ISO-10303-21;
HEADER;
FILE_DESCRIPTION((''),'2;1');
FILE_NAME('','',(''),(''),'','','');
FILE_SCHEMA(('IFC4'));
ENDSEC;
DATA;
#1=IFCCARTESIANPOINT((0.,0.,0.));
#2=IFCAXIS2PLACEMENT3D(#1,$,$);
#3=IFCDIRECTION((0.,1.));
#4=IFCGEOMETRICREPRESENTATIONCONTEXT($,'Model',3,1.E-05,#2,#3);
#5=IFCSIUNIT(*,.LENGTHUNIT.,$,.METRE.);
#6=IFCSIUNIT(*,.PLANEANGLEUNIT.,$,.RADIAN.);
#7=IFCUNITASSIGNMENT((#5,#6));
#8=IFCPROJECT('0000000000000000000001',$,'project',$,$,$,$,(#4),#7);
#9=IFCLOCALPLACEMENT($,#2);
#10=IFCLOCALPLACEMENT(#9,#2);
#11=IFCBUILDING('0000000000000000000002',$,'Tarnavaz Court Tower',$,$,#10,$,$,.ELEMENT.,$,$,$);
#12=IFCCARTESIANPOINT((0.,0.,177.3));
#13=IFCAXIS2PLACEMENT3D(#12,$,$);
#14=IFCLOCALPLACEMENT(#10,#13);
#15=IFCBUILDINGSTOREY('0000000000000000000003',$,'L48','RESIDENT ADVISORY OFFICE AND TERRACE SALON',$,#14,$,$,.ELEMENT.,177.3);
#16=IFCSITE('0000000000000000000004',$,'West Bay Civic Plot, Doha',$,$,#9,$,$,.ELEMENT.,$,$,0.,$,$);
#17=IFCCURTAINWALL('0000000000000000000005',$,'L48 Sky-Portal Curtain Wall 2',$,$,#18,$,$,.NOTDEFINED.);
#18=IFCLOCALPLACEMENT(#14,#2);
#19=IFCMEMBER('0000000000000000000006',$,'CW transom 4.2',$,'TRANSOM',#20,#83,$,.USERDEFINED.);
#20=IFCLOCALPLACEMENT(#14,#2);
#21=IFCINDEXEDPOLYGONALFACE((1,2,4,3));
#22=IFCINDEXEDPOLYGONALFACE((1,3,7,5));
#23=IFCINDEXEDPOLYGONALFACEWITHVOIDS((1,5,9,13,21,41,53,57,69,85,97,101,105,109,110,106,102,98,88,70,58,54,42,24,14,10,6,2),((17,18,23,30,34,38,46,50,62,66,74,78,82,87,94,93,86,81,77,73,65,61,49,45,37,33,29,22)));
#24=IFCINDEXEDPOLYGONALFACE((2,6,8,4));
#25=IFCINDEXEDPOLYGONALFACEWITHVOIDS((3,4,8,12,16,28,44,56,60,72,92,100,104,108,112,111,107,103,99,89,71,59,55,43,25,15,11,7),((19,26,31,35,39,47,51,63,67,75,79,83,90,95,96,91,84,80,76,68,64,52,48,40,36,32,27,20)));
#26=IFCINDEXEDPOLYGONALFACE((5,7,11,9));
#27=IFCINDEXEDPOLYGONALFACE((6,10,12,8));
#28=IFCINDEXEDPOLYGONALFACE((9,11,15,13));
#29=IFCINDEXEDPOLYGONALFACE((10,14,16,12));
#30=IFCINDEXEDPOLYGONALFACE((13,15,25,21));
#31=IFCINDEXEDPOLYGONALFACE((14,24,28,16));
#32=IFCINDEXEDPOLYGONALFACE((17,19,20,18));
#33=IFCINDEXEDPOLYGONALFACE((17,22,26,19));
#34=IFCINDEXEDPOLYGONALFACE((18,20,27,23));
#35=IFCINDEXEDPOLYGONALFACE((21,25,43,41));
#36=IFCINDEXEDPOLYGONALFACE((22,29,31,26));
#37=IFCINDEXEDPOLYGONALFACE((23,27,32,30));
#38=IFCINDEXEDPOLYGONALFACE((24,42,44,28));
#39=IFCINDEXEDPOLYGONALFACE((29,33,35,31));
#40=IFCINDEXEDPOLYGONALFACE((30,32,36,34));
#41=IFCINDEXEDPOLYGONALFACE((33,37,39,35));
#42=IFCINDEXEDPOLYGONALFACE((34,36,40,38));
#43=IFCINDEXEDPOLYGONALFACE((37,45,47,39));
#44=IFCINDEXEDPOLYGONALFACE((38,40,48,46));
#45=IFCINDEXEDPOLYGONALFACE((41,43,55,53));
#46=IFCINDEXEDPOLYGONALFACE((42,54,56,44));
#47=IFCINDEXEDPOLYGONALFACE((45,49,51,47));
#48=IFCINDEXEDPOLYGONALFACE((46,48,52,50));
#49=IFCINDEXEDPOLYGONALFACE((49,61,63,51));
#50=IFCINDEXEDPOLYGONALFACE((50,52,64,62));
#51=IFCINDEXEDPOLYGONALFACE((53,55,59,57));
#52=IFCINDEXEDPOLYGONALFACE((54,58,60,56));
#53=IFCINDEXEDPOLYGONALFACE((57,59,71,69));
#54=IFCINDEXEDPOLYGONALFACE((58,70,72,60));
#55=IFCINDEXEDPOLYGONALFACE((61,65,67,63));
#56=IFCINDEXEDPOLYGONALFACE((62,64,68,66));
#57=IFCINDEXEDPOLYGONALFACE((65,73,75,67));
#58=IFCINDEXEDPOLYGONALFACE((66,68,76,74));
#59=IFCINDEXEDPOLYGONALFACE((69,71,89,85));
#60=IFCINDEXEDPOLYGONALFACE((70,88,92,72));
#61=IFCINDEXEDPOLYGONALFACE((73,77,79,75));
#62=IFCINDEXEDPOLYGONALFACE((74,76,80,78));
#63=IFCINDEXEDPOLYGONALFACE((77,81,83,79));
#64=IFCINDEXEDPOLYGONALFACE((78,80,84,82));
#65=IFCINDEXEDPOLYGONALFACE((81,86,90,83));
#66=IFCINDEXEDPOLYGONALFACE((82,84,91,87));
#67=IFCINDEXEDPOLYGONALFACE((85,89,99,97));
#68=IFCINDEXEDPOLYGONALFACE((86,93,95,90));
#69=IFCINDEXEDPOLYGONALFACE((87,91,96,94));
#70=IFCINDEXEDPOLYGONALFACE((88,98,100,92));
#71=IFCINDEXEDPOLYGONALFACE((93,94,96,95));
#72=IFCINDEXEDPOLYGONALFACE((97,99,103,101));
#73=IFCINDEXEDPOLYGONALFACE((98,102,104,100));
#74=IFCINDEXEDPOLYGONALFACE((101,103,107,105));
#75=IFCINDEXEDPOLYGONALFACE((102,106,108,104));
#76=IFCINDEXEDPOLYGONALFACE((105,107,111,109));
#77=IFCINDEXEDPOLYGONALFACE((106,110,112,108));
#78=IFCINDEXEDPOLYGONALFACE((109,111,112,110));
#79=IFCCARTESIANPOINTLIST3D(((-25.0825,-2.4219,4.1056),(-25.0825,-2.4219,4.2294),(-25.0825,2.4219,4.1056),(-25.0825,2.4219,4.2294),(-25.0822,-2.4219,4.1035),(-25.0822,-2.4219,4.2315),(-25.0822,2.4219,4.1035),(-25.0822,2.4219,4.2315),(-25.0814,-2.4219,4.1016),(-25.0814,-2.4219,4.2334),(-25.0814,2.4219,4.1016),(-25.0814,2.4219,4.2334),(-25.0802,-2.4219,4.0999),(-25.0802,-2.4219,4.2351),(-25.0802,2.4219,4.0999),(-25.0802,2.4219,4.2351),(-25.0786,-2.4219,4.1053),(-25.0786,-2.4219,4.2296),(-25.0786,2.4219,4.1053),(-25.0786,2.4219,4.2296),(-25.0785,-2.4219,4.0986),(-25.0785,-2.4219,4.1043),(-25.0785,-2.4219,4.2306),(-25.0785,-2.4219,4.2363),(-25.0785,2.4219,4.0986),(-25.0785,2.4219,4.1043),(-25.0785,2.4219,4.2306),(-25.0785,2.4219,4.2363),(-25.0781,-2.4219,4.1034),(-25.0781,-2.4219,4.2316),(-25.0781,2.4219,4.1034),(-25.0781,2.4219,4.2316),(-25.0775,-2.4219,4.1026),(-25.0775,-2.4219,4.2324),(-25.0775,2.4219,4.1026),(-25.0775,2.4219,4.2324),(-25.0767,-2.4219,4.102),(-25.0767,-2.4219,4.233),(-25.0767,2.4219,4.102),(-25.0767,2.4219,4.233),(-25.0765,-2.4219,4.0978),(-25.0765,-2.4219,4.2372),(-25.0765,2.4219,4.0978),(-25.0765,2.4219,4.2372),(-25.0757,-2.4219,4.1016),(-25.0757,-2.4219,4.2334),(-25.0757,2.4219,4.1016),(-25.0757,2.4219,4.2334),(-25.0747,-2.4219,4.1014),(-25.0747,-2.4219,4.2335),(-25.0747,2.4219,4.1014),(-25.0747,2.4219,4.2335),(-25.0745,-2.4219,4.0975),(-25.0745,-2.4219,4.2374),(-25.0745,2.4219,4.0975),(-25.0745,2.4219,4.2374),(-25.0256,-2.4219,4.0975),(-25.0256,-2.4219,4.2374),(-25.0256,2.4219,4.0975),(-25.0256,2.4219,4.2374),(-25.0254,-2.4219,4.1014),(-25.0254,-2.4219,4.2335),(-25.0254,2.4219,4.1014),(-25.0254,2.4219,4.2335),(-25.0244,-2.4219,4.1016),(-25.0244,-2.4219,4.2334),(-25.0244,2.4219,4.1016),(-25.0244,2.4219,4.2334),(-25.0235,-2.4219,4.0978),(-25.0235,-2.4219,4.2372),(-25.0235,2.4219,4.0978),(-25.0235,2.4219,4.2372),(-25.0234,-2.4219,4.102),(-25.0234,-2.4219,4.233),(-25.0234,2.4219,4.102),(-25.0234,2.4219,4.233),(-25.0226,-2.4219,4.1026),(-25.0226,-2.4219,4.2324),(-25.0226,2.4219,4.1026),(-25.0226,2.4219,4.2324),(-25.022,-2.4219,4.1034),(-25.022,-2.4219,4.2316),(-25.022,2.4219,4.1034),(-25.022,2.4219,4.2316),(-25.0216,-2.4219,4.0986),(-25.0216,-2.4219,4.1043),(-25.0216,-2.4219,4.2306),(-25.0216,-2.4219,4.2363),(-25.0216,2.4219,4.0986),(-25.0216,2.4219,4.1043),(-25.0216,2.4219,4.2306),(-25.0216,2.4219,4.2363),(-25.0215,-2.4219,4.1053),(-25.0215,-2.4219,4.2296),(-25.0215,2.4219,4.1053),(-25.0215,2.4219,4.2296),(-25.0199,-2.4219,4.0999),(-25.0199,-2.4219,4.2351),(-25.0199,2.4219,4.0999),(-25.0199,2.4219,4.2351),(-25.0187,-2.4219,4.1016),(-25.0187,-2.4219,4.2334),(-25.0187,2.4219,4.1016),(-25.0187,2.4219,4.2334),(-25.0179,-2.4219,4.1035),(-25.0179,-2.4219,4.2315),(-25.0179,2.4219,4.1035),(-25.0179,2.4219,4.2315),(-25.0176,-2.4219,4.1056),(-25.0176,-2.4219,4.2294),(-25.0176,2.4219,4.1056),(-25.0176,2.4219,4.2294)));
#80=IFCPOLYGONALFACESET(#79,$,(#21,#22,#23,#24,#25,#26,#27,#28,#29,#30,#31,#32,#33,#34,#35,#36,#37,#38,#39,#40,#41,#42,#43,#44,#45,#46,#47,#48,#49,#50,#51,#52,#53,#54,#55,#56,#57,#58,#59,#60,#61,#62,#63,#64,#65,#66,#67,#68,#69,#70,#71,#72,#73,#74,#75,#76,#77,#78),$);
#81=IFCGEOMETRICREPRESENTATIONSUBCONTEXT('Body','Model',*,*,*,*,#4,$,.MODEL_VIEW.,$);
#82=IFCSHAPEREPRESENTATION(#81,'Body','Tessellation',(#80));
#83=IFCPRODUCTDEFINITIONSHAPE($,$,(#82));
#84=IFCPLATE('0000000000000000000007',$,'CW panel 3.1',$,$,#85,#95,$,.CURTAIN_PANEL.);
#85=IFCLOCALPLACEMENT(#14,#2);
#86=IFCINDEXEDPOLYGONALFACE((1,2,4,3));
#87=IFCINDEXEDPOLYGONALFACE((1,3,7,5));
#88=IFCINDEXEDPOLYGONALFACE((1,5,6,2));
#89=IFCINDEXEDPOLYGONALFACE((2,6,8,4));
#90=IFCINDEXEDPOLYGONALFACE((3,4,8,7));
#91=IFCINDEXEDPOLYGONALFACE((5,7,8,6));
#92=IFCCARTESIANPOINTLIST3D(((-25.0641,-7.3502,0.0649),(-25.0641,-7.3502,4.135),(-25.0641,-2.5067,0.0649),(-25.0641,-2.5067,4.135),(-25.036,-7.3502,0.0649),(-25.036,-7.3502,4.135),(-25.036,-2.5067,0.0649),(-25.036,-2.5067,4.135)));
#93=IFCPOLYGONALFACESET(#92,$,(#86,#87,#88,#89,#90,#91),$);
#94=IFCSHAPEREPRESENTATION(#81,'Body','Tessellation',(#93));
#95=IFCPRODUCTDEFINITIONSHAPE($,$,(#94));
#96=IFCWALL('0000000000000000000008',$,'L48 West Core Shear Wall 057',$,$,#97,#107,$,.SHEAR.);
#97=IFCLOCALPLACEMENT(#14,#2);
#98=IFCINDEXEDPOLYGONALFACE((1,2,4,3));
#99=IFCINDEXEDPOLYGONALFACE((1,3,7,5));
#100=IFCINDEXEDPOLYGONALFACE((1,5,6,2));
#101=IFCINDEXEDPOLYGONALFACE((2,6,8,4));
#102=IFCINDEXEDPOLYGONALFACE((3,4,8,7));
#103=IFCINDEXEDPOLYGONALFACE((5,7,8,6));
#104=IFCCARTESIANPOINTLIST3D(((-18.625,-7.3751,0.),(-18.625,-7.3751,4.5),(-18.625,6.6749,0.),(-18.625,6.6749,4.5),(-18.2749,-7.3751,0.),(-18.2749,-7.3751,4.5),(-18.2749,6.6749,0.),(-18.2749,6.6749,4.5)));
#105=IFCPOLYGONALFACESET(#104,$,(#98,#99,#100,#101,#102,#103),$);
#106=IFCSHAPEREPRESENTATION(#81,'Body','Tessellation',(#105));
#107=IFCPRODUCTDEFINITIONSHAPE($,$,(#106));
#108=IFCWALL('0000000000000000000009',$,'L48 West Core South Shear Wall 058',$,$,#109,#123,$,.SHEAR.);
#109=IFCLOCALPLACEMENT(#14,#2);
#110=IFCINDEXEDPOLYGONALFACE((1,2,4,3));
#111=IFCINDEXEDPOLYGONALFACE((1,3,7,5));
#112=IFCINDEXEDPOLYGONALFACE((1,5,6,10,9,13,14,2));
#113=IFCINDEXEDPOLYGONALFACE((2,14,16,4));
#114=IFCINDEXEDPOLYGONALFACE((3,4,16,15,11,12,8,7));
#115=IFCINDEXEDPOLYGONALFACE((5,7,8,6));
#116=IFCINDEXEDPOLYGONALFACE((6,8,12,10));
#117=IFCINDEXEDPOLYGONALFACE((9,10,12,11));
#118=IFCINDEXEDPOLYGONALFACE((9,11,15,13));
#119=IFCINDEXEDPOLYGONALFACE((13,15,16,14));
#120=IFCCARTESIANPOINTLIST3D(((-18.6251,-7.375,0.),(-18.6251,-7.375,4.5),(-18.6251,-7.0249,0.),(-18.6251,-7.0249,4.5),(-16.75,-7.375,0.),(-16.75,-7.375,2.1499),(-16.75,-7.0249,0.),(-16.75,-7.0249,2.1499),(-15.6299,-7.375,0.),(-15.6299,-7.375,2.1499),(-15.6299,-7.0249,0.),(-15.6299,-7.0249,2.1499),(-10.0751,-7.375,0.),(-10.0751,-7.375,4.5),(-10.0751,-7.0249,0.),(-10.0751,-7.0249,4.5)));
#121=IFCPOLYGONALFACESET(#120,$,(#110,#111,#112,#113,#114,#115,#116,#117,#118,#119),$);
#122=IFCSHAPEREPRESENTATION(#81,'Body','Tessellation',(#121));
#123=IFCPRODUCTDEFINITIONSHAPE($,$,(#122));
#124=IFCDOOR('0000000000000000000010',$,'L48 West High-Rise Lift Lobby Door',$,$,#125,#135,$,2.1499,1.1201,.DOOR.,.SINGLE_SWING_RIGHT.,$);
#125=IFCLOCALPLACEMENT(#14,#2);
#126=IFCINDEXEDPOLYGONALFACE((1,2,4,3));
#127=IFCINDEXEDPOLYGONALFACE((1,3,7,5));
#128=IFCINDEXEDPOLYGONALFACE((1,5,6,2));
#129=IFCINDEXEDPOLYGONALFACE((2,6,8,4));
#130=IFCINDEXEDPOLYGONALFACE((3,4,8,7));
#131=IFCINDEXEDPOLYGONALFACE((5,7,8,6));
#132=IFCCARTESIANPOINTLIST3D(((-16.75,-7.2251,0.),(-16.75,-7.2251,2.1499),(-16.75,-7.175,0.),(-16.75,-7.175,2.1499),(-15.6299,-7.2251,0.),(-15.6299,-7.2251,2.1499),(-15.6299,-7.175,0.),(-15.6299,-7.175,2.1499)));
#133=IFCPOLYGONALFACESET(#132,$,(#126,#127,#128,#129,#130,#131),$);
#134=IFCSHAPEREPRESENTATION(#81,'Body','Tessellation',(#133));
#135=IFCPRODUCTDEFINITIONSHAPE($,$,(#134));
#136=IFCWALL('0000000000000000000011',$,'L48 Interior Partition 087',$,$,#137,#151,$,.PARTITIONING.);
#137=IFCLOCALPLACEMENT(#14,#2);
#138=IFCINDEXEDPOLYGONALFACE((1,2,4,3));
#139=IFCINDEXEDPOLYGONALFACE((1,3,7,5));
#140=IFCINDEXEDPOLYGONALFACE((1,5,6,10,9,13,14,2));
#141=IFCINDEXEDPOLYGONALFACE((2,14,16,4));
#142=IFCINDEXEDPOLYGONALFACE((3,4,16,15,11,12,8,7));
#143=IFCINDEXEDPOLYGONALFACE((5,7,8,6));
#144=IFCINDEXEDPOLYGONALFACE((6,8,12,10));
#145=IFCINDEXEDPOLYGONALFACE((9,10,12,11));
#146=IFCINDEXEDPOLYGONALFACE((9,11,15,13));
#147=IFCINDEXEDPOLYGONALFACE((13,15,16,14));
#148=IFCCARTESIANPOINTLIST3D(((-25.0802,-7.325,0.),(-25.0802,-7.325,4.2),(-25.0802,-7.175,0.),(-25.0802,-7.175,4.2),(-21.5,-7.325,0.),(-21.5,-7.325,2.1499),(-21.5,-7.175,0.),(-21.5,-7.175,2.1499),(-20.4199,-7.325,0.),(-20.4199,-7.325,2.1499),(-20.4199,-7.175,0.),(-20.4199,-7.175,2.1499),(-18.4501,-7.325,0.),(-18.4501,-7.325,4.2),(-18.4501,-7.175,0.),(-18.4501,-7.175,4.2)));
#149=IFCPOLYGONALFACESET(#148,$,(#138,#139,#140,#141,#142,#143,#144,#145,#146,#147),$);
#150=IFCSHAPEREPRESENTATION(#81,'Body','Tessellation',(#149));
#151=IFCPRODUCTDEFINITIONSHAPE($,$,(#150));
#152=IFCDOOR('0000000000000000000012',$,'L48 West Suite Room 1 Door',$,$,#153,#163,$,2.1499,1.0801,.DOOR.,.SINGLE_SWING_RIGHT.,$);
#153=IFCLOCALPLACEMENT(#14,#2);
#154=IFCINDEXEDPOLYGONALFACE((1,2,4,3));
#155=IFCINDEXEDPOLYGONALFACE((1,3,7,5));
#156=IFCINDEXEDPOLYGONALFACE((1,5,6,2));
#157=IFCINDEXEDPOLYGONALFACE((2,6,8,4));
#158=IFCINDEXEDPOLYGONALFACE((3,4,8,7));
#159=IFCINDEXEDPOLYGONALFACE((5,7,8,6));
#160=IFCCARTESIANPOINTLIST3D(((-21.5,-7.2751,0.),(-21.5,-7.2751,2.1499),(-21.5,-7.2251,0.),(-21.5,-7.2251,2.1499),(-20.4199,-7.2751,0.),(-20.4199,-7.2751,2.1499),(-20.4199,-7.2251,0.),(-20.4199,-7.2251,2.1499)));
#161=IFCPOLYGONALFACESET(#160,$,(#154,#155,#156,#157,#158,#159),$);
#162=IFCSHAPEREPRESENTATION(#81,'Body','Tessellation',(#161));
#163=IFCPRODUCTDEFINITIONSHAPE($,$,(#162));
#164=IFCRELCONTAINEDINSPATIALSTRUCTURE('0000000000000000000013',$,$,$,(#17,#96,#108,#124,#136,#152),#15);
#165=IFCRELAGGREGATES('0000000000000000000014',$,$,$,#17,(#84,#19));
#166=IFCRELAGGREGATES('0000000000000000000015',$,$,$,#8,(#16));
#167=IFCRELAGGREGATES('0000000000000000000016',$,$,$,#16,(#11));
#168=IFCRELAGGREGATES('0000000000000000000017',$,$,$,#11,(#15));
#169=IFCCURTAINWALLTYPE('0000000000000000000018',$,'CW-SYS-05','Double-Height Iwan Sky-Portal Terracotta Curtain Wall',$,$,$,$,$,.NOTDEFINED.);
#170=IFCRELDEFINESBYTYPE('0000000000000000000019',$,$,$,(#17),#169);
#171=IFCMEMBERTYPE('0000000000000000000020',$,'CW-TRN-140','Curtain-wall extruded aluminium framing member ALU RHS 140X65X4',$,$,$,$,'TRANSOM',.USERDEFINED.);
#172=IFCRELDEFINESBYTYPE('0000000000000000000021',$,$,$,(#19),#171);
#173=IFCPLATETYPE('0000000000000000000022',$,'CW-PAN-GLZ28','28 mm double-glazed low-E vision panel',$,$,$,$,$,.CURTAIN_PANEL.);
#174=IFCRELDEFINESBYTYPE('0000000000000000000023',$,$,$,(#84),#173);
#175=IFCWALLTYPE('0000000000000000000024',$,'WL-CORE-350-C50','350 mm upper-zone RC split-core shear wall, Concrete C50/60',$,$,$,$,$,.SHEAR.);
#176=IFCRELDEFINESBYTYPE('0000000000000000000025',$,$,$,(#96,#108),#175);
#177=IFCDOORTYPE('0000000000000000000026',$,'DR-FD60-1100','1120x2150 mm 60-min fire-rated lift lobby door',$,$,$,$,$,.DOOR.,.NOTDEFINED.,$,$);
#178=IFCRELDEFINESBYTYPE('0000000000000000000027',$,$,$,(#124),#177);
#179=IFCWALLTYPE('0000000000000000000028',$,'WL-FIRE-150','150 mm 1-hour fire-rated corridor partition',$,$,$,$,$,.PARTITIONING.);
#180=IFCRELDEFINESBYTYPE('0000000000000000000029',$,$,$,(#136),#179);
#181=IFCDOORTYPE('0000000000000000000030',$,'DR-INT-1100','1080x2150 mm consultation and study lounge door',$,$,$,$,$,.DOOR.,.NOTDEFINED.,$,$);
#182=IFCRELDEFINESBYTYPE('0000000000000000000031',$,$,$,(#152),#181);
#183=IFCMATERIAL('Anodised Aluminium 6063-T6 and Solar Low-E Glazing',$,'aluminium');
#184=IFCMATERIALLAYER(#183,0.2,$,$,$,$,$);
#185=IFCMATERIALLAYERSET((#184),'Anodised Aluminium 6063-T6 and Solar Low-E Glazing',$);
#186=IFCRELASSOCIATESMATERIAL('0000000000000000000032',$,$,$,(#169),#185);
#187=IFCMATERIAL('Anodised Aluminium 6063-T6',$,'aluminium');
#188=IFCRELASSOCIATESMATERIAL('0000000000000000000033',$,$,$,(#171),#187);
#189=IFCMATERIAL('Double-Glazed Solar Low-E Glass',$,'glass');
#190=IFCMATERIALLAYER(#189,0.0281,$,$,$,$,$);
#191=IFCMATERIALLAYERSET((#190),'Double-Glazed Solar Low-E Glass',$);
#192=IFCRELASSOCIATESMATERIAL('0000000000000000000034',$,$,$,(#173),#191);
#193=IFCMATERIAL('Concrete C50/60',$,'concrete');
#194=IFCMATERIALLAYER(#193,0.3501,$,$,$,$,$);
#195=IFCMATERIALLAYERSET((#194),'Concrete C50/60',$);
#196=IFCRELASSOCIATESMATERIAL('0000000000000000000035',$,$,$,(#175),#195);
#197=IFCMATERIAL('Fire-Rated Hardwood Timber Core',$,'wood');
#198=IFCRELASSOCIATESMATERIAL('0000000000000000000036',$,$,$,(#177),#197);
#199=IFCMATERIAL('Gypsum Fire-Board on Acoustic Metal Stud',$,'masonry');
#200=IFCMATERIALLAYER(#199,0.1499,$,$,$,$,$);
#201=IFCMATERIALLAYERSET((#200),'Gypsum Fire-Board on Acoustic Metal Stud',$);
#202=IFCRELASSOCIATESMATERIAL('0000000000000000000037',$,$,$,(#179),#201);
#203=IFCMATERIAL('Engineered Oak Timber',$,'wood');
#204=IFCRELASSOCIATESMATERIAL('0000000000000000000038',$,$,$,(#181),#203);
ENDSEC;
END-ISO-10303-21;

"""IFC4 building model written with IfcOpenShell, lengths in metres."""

from ifc_helpers import new_model, si_unit, direction, frame, frame_2d, origin, origin_2d, place, context, subcontext, project, spatial, rectangle, hollow_rectangle, extrude, material, layer, layer_set, material_profile, profile_set, type_object, element, fill, aggregate, save


model = new_model("IFC4")

# Units and contexts
model_context = context("Model", 3, precision=1e-05, world=origin(), true_north=direction((0.0, 1.0)))
body_context = subcontext(model_context, "Body", "Model", "MODEL_VIEW")
ifc_project = project(units=[si_unit("LENGTHUNIT", "METRE"), si_unit("PLANEANGLEUNIT", "RADIAN")], contexts=[model_context])

# Site, building, storey
site_placement = place(None, origin())
site = spatial("IfcSite", under=ifc_project, at=site_placement, Name="West Bay Civic Plot, Doha", CompositionType="ELEMENT", RefElevation=0.0)
building_placement = place(site_placement, origin())
building = spatial("IfcBuilding", under=site, at=building_placement, Name="Tarnavaz Court Tower", CompositionType="ELEMENT")
storey_placement = place(building_placement, frame((0.0, 0.0, 177.3)))
storey = spatial("IfcBuildingStorey", under=building, at=storey_placement, Name="L48", Description="RESIDENT ADVISORY OFFICE AND TERRACE SALON", CompositionType="ELEMENT", Elevation=177.3)

# Shared definitions
ifc_material_1 = material(Name="Concrete C50/60", Category="concrete")

# Curtain wall, member, plate
ifc_material_2 = material(Name="Anodised Aluminium 6063-T6 and Solar Low-E Glazing", Category="aluminium")
ifc_layer_1 = layer(ifc_material_2, 0.2)
ifc_layer_set_1 = layer_set([ifc_layer_1], Name="Anodised Aluminium 6063-T6 and Solar Low-E Glazing")
curtain_wall_type = type_object("IfcCurtainWallType", Name="CW-SYS-05", Description="Double-Height Iwan Sky-Portal Terracotta Curtain Wall", PredefinedType="NOTDEFINED", material=ifc_layer_set_1)
curtain_wall_placement = place(storey_placement, origin())
curtain_wall = element("IfcCurtainWall", 1, at=curtain_wall_placement, inside=storey, type_object=curtain_wall_type, Name="L48 Sky-Portal Curtain Wall 2", PredefinedType="NOTDEFINED")
ifc_material_3 = material(Name="Anodised Aluminium 6063-T6", Category="aluminium")
ifc_material_profile_1 = material_profile(ifc_material_3, hollow_rectangle(XDim=0.0649, YDim=0.1399, WallThickness=0.0039, InnerFilletRadius=0.0039, OuterFilletRadius=0.0081, at=origin_2d()), Name="ALU RHS 140X65X4")
ifc_profile_set_1 = profile_set([ifc_material_profile_1], Name="Anodised Aluminium 6063-T6")
member_type_1 = type_object("IfcMemberType", Name="CW-TRN-140", Description="Curtain-wall extruded aluminium framing member ALU RHS 140X65X4", ElementType="TRANSOM", PredefinedType="USERDEFINED", material=ifc_profile_set_1)
member_1_placement = place(storey_placement, frame((-25.05, -2.4219, 4.1675), z_axis=(0.0, 1.0, 0.0), x_axis=(-1.0, 0.0, 0.0)))
member_1 = element("IfcMember", 2, at=member_1_placement, type_object=member_type_1, Name="CW transom 4.2", ObjectType="TRANSOM", PredefinedType="USERDEFINED", context=body_context, shape_type="SweptSolid", body=[
    extrude(hollow_rectangle(XDim=0.0649, YDim=0.1399, WallThickness=0.0039, InnerFilletRadius=0.0039, OuterFilletRadius=0.0081, at=origin_2d()), origin(), (0.0, 0.0, 1.0), 4.8438),
])
ifc_material_4 = material(Name="Double-Glazed Solar Low-E Glass", Category="glass")
ifc_layer_2 = layer(ifc_material_4, 0.0281)
ifc_layer_set_2 = layer_set([ifc_layer_2], Name="Double-Glazed Solar Low-E Glass")
plate_type = type_object("IfcPlateType", Name="CW-PAN-GLZ28", Description="28 mm double-glazed low-E vision panel", PredefinedType="CURTAIN_PANEL", material=ifc_layer_set_2)
plate_placement = place(storey_placement, frame((-25.05, -4.9285, 0.0649), z_axis=(0.0, 0.0, 1.0), x_axis=(0.0, 1.0, 0.0)))
plate = element("IfcPlate", 3, at=plate_placement, type_object=plate_type, Name="CW panel 3.1", PredefinedType="CURTAIN_PANEL", context=body_context, shape_type="SweptSolid", body=[
    extrude(rectangle(XDim=4.8435, YDim=0.0281, at=origin_2d()), origin(), (0.0, 0.0, 1.0), 4.0701),
])
aggregate(curtain_wall, [plate, member_1])

# Wall
ifc_layer_3 = layer(ifc_material_1, 0.3501)
ifc_layer_set_3 = layer_set([ifc_layer_3], Name="Concrete C50/60")
wall_type_1 = type_object("IfcWallType", Name="WL-CORE-350-C50", Description="350 mm upper-zone RC split-core shear wall, Concrete C50/60", PredefinedType="SHEAR", material=ifc_layer_set_3)
wall_1_placement = place(storey_placement, frame((-18.45, -7.375, 0.0), z_axis=(0.0, 0.0, 1.0), x_axis=(0.0, 1.0, 0.0)))
element("IfcWall", 4, at=wall_1_placement, inside=storey, type_object=wall_type_1, Name="L48 West Core Shear Wall 057", PredefinedType="SHEAR", context=body_context, shape_type="SweptSolid", body=[
    extrude(rectangle(XDim=14.05, YDim=0.3501, at=frame_2d((7.0249, 0.0))), origin(), (0.0, 0.0, 1.0), 4.5),
])

# Walls, openings, doors
wall_2_placement = place(storey_placement, frame((-18.625, -7.2, 0.0), z_axis=(0.0, 0.0, 1.0), x_axis=(1.0, 0.0, 0.0)))
wall_2 = element("IfcWall", 5, at=wall_2_placement, inside=storey, type_object=wall_type_1, Name="L48 West Core South Shear Wall 058", PredefinedType="SHEAR", context=body_context, shape_type="SweptSolid", body=[
    extrude(rectangle(XDim=8.55, YDim=0.3501, at=frame_2d((4.2749, 0.0))), origin(), (0.0, 0.0, 1.0), 4.5),
])
opening_1_placement = place(wall_2_placement, frame((1.875, 0.0, 0.0)))
opening_1 = element("IfcOpeningElement", 6, at=opening_1_placement, cuts=wall_2, PredefinedType="OPENING", context=body_context, shape_type="SweptSolid", body=[
    extrude(rectangle(XDim=1.1201, YDim=2.1499, at=frame_2d((0.5601, 1.075))), frame((0.0, 0.1851, 0.0), z_axis=(0.0, -1.0, 0.0), x_axis=(1.0, 0.0, 0.0)), (0.0, 0.0, 1.0), 0.3701),
])
ifc_material_5 = material(Name="Fire-Rated Hardwood Timber Core", Category="wood")
door_type_1 = type_object("IfcDoorType", Name="DR-FD60-1100", Description="1120x2150 mm 60-min fire-rated lift lobby door", OperationType="NOTDEFINED", PredefinedType="DOOR", material=ifc_material_5)
door_1_placement = place(opening_1_placement, origin())
door_1 = element("IfcDoor", 7, at=door_1_placement, inside=storey, type_object=door_type_1, Name="L48 West High-Rise Lift Lobby Door", OperationType="SINGLE_SWING_RIGHT", OverallHeight=2.1499, OverallWidth=1.1201, PredefinedType="DOOR", context=body_context, shape_type="SweptSolid", body=[
    extrude(rectangle(XDim=1.1201, YDim=2.1499, at=frame_2d((0.5601, 1.075))), frame((0.0, 0.0249, 0.0), z_axis=(0.0, -1.0, 0.0), x_axis=(1.0, 0.0, 0.0)), (0.0, 0.0, 1.0), 0.05),
])
fill(opening_1, door_1)
ifc_material_6 = material(Name="Gypsum Fire-Board on Acoustic Metal Stud", Category="masonry")
ifc_layer_4 = layer(ifc_material_6, 0.1499)
ifc_layer_set_4 = layer_set([ifc_layer_4], Name="Gypsum Fire-Board on Acoustic Metal Stud")
wall_type_2 = type_object("IfcWallType", Name="WL-FIRE-150", Description="150 mm 1-hour fire-rated corridor partition", PredefinedType="PARTITIONING", material=ifc_layer_set_4)
wall_3_placement = place(storey_placement, frame((-25.0801, -7.25, 0.0), z_axis=(0.0, 0.0, 1.0), x_axis=(1.0, 0.0, 0.0)))
wall_3 = element("IfcWall", 8, at=wall_3_placement, inside=storey, type_object=wall_type_2, Name="L48 Interior Partition 087", PredefinedType="PARTITIONING", context=body_context, shape_type="SweptSolid", body=[
    extrude(rectangle(XDim=6.6301, YDim=0.1499, at=frame_2d((3.3149, 0.0))), origin(), (0.0, 0.0, 1.0), 4.2),
])
opening_2_placement = place(wall_3_placement, frame((3.5801, 0.0, 0.0)))
opening_2 = element("IfcOpeningElement", 9, at=opening_2_placement, cuts=wall_3, PredefinedType="OPENING", context=body_context, shape_type="SweptSolid", body=[
    extrude(rectangle(XDim=1.0801, YDim=2.1499, at=frame_2d((0.54, 1.075))), frame((0.0, 0.085, 0.0), z_axis=(0.0, -1.0, 0.0), x_axis=(1.0, 0.0, 0.0)), (0.0, 0.0, 1.0), 0.1699),
])
ifc_material_7 = material(Name="Engineered Oak Timber", Category="wood")
door_type_2 = type_object("IfcDoorType", Name="DR-INT-1100", Description="1080x2150 mm consultation and study lounge door", OperationType="NOTDEFINED", PredefinedType="DOOR", material=ifc_material_7)
door_2_placement = place(opening_2_placement, origin())
door_2 = element("IfcDoor", 10, at=door_2_placement, inside=storey, type_object=door_type_2, Name="L48 West Suite Room 1 Door", OperationType="SINGLE_SWING_RIGHT", OverallHeight=2.1499, OverallWidth=1.0801, PredefinedType="DOOR", context=body_context, shape_type="SweptSolid", body=[
    extrude(rectangle(XDim=1.0801, YDim=2.1499, at=frame_2d((0.54, 1.075))), frame((0.0, 0.0249, 0.0), z_axis=(0.0, -1.0, 0.0), x_axis=(1.0, 0.0, 0.0)), (0.0, 0.0, 1.0), 0.05),
])
fill(opening_2, door_2)

save(model, "model.ifc")
